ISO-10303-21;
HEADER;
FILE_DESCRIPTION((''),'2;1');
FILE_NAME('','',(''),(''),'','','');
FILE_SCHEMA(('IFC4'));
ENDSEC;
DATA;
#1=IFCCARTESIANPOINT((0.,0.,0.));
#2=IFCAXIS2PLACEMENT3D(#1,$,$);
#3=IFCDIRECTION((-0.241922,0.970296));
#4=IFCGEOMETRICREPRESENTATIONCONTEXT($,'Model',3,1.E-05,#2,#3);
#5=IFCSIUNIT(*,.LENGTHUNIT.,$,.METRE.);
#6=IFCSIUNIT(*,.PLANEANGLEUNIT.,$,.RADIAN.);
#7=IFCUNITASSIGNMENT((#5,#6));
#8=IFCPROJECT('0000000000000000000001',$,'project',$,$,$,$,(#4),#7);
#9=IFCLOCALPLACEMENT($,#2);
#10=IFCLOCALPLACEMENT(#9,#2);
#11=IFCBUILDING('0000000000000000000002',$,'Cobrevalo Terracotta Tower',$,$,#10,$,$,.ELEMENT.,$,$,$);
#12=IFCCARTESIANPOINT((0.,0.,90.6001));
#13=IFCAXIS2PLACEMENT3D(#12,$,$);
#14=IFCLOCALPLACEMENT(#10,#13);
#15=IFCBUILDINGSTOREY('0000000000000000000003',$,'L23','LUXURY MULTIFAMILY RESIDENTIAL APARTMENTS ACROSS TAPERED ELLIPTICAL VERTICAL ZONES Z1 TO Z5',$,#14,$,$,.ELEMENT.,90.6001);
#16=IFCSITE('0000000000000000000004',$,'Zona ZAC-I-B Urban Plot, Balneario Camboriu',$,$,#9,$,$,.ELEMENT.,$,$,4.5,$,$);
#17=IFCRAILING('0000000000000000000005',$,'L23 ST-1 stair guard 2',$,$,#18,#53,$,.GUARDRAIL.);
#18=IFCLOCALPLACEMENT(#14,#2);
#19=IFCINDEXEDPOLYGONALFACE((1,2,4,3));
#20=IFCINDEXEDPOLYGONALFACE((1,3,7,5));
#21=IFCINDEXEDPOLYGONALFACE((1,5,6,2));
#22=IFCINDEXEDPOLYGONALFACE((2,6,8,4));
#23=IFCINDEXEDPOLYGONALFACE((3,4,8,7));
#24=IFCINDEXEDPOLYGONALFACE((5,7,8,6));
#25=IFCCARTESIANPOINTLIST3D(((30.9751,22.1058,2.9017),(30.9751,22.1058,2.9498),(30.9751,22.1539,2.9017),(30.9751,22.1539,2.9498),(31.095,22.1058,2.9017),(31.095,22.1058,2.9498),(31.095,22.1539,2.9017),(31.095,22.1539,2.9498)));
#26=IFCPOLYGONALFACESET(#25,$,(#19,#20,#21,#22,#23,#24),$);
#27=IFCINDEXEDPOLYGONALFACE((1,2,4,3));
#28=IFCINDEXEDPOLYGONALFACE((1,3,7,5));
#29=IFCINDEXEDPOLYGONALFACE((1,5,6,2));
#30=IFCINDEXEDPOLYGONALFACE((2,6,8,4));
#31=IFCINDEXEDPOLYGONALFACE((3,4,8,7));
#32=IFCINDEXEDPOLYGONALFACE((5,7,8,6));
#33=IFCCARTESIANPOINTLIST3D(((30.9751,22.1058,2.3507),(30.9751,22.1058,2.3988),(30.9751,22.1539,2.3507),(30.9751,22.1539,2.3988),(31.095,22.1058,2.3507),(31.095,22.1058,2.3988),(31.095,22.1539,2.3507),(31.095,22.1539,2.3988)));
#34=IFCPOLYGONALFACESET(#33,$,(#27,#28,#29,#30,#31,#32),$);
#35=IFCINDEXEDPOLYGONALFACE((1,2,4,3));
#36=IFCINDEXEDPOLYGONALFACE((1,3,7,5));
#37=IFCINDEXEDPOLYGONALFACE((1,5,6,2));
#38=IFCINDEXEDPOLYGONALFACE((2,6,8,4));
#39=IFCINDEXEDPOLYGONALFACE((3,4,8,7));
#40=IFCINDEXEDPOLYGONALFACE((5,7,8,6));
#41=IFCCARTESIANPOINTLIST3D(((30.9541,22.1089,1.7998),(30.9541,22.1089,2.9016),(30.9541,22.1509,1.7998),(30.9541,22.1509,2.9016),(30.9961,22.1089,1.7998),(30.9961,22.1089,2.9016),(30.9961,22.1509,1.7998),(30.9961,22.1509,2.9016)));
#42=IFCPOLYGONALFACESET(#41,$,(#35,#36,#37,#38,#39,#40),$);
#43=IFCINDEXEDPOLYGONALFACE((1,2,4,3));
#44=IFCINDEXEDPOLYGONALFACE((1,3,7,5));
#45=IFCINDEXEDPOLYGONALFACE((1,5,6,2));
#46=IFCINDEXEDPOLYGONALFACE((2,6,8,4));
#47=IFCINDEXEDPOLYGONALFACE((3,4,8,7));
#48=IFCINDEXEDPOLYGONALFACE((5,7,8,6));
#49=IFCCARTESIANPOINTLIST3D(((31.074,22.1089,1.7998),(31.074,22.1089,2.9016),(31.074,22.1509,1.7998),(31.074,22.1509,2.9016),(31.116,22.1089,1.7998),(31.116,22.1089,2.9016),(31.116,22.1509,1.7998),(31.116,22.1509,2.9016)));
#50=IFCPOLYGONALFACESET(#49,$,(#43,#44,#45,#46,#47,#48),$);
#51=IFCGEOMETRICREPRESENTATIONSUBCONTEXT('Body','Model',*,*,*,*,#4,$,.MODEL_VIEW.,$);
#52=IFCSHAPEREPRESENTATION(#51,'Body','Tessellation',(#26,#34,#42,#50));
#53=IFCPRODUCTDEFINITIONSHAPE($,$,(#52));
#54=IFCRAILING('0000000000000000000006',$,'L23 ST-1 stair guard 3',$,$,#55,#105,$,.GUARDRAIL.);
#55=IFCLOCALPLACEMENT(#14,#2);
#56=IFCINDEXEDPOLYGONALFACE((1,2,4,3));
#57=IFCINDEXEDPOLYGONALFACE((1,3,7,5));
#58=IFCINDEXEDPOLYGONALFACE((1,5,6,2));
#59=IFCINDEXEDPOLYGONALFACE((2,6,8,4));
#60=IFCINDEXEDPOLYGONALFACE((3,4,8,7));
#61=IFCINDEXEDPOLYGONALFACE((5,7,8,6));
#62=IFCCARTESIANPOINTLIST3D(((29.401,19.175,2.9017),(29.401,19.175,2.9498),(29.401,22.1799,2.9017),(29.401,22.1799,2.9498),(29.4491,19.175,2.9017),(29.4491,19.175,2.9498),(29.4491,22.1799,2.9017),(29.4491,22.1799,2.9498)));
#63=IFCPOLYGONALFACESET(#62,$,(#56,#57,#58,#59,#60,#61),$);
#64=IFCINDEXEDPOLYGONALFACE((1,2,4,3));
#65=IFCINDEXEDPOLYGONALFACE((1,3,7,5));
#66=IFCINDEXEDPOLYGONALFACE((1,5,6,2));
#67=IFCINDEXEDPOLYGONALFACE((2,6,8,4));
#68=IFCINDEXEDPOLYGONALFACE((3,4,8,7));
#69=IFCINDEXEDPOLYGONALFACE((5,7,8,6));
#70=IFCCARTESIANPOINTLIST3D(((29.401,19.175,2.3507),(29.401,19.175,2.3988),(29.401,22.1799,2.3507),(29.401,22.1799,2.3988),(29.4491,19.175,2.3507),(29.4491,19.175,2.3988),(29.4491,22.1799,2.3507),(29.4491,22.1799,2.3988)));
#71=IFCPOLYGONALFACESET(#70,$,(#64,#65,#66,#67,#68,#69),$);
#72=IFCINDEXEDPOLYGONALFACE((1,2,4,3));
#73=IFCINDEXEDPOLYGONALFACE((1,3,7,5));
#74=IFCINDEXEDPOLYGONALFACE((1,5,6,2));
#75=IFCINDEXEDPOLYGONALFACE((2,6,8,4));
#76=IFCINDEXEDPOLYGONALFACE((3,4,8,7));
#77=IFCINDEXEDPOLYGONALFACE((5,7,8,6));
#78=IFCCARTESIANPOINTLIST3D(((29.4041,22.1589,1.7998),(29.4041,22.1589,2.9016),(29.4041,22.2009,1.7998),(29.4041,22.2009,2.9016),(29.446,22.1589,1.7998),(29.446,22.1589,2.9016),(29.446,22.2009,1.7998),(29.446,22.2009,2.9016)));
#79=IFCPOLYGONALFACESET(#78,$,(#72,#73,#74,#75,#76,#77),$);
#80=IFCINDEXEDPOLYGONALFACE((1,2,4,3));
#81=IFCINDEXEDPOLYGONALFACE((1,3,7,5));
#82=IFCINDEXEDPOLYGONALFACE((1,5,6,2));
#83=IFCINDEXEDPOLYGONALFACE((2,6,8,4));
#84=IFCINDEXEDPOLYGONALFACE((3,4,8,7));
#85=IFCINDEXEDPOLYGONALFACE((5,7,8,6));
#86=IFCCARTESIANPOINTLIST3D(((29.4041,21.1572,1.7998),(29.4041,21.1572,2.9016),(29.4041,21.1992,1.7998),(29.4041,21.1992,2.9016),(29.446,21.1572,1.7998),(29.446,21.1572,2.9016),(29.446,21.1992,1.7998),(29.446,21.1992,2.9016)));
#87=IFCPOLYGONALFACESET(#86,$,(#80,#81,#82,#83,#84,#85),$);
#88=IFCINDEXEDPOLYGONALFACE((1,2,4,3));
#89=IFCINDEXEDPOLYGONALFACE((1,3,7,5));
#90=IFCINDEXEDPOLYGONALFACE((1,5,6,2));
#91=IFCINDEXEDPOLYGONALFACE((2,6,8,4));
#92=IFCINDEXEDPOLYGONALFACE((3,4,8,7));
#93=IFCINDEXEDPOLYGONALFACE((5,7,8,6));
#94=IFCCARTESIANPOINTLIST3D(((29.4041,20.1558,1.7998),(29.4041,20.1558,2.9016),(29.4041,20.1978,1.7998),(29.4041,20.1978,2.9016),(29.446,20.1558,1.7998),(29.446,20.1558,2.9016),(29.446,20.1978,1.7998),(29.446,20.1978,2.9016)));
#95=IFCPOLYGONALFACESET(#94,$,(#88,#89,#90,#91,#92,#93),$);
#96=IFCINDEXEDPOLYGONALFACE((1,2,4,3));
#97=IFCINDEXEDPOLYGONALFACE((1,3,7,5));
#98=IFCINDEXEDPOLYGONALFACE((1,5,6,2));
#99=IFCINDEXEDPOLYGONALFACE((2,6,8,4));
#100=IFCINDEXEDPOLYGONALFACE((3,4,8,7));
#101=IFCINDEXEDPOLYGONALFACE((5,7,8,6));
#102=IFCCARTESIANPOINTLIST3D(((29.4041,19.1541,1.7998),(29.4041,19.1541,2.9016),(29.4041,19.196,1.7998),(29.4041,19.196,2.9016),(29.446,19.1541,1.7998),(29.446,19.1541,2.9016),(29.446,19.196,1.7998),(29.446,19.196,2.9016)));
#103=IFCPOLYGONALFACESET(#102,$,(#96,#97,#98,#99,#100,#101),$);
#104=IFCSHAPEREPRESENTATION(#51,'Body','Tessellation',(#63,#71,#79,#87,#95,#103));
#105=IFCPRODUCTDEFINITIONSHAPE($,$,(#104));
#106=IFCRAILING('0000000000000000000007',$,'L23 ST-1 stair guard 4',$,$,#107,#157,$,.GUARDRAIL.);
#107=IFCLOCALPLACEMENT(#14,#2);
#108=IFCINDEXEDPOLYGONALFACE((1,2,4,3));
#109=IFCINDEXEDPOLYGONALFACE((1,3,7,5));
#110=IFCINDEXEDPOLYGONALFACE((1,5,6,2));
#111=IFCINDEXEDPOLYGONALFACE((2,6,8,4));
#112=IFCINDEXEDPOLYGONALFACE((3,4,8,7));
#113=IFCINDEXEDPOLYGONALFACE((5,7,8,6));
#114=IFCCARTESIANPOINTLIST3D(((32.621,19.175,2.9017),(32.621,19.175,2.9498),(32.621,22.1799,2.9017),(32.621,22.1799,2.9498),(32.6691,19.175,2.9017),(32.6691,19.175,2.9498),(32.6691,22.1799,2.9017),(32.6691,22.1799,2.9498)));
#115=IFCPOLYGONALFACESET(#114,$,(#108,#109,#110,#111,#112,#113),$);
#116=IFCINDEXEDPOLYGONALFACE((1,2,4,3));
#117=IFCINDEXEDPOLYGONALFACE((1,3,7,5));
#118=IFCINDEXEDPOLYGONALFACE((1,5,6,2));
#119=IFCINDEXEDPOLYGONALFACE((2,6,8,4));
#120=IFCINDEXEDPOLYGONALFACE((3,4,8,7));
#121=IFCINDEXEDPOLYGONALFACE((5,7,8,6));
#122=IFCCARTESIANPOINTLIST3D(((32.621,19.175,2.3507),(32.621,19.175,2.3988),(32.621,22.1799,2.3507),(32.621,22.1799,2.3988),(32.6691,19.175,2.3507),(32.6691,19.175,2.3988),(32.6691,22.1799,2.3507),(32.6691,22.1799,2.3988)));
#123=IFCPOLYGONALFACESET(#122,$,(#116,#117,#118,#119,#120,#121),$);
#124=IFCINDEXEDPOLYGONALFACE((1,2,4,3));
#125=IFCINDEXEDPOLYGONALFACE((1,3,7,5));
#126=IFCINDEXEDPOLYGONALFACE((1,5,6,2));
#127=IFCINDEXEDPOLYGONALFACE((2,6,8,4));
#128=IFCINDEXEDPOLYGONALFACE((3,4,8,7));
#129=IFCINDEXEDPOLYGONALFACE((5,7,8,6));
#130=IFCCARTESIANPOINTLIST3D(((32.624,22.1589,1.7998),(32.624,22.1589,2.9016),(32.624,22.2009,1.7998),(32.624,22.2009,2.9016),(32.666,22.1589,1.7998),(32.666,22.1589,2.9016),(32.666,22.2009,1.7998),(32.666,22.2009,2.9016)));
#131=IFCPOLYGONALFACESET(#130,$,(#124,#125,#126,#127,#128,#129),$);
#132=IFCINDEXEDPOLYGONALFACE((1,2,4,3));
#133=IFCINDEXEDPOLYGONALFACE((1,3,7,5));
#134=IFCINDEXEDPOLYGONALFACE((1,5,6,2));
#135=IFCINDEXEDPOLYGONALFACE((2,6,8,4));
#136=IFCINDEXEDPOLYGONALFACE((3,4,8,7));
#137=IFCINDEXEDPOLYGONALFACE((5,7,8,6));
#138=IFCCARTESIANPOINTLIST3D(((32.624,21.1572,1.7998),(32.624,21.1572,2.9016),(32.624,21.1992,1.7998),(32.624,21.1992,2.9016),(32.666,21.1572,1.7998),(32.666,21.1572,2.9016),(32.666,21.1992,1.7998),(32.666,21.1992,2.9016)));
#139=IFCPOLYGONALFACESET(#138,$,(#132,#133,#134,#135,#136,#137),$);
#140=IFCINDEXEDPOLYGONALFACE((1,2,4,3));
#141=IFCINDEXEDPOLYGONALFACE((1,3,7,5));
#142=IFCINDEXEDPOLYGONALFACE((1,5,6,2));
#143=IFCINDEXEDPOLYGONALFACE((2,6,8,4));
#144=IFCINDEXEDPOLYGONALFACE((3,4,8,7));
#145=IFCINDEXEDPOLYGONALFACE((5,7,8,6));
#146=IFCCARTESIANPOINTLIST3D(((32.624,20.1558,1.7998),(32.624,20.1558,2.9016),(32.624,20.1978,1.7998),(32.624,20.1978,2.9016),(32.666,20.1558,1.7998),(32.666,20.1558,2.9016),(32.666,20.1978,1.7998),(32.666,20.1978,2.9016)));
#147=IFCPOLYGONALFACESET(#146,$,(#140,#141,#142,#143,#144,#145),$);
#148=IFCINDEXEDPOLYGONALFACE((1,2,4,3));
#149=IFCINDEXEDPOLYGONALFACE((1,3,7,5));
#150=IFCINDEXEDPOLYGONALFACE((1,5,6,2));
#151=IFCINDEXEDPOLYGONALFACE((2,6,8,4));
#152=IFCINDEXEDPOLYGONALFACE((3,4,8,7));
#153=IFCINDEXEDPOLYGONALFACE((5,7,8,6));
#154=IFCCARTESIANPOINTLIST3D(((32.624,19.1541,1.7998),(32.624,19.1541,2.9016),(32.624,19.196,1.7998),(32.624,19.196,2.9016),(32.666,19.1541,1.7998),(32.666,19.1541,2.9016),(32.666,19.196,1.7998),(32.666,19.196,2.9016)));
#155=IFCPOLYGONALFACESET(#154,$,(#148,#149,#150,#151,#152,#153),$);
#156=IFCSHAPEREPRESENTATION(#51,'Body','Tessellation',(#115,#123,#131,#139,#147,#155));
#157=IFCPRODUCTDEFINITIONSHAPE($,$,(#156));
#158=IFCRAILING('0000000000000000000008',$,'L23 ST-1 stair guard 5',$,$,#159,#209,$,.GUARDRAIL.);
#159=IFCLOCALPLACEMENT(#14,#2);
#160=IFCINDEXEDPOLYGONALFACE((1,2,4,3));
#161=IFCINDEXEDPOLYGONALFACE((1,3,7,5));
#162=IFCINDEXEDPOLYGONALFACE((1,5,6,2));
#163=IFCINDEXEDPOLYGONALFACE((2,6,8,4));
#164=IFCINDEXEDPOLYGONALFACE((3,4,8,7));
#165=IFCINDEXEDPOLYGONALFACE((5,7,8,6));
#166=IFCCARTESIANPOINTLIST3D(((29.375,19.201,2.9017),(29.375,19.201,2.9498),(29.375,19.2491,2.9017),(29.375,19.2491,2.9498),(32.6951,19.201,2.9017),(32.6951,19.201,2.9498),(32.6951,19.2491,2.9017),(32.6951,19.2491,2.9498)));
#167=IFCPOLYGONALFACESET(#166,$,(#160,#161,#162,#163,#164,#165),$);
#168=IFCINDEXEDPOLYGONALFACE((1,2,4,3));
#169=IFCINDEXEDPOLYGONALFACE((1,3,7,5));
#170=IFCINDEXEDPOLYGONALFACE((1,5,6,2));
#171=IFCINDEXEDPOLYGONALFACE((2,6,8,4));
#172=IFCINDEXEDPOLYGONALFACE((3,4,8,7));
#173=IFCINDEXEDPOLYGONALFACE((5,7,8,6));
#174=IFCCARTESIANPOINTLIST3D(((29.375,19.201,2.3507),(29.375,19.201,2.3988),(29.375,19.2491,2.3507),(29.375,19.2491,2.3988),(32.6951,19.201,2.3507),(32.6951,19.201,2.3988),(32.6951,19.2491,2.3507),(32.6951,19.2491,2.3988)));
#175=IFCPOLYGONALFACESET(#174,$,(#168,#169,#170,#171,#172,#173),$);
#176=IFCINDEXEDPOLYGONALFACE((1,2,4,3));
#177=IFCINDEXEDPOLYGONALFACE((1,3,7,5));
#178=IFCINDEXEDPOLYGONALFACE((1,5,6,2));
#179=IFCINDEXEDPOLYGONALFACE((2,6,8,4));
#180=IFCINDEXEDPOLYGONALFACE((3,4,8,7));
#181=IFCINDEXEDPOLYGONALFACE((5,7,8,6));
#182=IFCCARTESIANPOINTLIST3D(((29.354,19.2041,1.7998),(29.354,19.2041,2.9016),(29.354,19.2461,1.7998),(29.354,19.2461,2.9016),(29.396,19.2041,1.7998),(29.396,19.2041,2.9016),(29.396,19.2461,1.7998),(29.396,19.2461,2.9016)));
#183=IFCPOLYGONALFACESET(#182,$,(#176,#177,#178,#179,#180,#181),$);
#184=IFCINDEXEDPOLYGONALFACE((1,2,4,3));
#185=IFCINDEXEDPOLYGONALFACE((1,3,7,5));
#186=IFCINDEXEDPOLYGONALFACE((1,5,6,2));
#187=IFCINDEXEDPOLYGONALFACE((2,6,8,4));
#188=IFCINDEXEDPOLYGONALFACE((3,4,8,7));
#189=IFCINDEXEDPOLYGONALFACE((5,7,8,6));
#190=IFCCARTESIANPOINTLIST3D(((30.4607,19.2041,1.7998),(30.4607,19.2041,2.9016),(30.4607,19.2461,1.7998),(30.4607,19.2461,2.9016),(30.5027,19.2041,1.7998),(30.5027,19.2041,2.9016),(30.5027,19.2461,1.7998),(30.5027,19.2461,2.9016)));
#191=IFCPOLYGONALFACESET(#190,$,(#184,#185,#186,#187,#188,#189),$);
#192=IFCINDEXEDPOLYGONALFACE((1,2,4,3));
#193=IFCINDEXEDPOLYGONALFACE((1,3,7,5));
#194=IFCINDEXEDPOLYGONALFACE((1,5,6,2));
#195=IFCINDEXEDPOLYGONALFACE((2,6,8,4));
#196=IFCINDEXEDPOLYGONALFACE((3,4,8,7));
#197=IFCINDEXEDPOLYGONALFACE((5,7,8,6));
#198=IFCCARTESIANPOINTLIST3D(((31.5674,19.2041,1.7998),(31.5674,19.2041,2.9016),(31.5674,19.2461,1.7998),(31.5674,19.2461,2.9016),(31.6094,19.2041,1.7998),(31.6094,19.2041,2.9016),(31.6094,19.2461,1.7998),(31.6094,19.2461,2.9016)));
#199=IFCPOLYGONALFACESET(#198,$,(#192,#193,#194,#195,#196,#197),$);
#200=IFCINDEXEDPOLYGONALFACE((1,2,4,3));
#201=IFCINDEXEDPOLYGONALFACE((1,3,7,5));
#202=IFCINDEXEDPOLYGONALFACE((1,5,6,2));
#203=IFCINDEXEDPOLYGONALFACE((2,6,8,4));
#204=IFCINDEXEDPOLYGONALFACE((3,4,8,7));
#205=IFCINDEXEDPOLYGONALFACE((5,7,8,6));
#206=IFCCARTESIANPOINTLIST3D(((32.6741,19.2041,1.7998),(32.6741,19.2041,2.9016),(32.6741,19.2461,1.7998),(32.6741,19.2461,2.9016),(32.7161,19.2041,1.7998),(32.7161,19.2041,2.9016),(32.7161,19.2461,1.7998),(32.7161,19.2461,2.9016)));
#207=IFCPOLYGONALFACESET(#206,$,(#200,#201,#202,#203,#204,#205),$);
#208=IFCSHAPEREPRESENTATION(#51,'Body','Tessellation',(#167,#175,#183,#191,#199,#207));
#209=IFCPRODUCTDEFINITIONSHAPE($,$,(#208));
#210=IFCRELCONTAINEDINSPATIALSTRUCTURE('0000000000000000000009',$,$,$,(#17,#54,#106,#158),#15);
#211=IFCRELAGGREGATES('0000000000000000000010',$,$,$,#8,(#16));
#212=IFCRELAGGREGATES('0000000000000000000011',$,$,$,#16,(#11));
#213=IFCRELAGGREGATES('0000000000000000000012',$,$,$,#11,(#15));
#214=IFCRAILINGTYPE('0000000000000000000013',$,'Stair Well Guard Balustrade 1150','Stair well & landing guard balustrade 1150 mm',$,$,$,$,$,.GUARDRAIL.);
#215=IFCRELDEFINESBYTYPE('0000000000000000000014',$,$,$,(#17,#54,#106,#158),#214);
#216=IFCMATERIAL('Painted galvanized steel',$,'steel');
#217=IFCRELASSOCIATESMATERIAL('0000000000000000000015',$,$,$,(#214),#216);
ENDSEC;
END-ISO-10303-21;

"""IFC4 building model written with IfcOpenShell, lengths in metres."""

from ifc_helpers import new_model, si_unit, direction, frame, origin, origin_2d, place, context, subcontext, project, spatial, rectangle, extrude, material, type_object, element, save


model = new_model("IFC4")

# Units and contexts
model_context = context("Model", 3, precision=1e-05, world=origin(), true_north=direction((-0.241922, 0.970296)))
body_context = subcontext(model_context, "Body", "Model", "MODEL_VIEW")
ifc_project = project(units=[si_unit("LENGTHUNIT", "METRE"), si_unit("PLANEANGLEUNIT", "RADIAN")], contexts=[model_context])

# Site, building, storey
site_placement = place(None, origin())
site = spatial("IfcSite", under=ifc_project, at=site_placement, Name="Zona ZAC-I-B Urban Plot, Balneario Camboriu", CompositionType="ELEMENT", RefElevation=4.5)
building_placement = place(site_placement, origin())
building = spatial("IfcBuilding", under=site, at=building_placement, Name="Cobrevalo Terracotta Tower", CompositionType="ELEMENT")
storey_placement = place(building_placement, frame((0.0, 0.0, 90.6001)))
storey = spatial("IfcBuildingStorey", under=building, at=storey_placement, Name="L23", Description="LUXURY MULTIFAMILY RESIDENTIAL APARTMENTS ACROSS TAPERED ELLIPTICAL VERTICAL ZONES Z1 TO Z5", CompositionType="ELEMENT", Elevation=90.6001)

# Railings
ifc_material_1 = material(Name="Painted galvanized steel", Category="steel")
railing_type_1 = type_object("IfcRailingType", Name="Stair Well Guard Balustrade 1150", Description="Stair well & landing guard balustrade 1150 mm", PredefinedType="GUARDRAIL", material=ifc_material_1)
railing_1_placement = place(storey_placement, frame((30.9751, 22.1299, 1.7998)))
element("IfcRailing", 1, at=railing_1_placement, inside=storey, type_object=railing_type_1, Name="L23 ST-1 stair guard 2", PredefinedType="GUARDRAIL", context=body_context, shape_type="SweptSolid", body=[
    extrude(rectangle(XDim=0.0481, YDim=0.0481, at=origin_2d()), frame((0.0, 0.0, 1.126), z_axis=(1.0, 0.0, 0.0), x_axis=(0.0, 1.0, 0.0)), (0.0, 0.0, 1.0), 0.1199),
    extrude(rectangle(XDim=0.0481, YDim=0.0481, at=origin_2d()), frame((0.0, 0.0, 0.575), z_axis=(1.0, 0.0, 0.0), x_axis=(0.0, 1.0, 0.0)), (0.0, 0.0, 1.0), 0.1199),
    extrude(rectangle(XDim=0.042, YDim=0.042, at=origin_2d()), origin(), (0.0, 0.0, 1.0), 1.1018),
    extrude(rectangle(XDim=0.042, YDim=0.042, at=origin_2d()), frame((0.1199, 0.0, 0.0)), (0.0, 0.0, 1.0), 1.1018),
])
for number, where, name in (
    (2, (29.425, 22.1799, 1.7998), "L23 ST-1 stair guard 3"),
    (3, (32.645, 22.1799, 1.7998), "L23 ST-1 stair guard 4"),
):
    element("IfcRailing", number, at=place(storey_placement, frame(where)), inside=storey, type_object=railing_type_1, Name=name, PredefinedType="GUARDRAIL", context=body_context, shape_type="SweptSolid", body=[
        extrude(rectangle(XDim=0.0481, YDim=0.0481, at=origin_2d()), frame((0.0, 0.0, 1.126), z_axis=(0.0, -1.0, 0.0), x_axis=(1.0, 0.0, 0.0)), (0.0, 0.0, 1.0), 3.0049),
        extrude(rectangle(XDim=0.0481, YDim=0.0481, at=origin_2d()), frame((0.0, 0.0, 0.575), z_axis=(0.0, -1.0, 0.0), x_axis=(1.0, 0.0, 0.0)), (0.0, 0.0, 1.0), 3.0049),
        extrude(rectangle(XDim=0.042, YDim=0.042, at=origin_2d()), origin(), (0.0, 0.0, 1.0), 1.1018),
        extrude(rectangle(XDim=0.042, YDim=0.042, at=origin_2d()), frame((0.0, -1.0017, 0.0)), (0.0, 0.0, 1.0), 1.1018),
        extrude(rectangle(XDim=0.042, YDim=0.042, at=origin_2d()), frame((0.0, -2.0032, 0.0)), (0.0, 0.0, 1.0), 1.1018),
        extrude(rectangle(XDim=0.042, YDim=0.042, at=origin_2d()), frame((0.0, -3.0049, 0.0)), (0.0, 0.0, 1.0), 1.1018),
    ])
railing_2_placement = place(storey_placement, frame((29.375, 19.2251, 1.7998)))
element("IfcRailing", 4, at=railing_2_placement, inside=storey, type_object=railing_type_1, Name="L23 ST-1 stair guard 5", PredefinedType="GUARDRAIL", context=body_context, shape_type="SweptSolid", body=[
    extrude(rectangle(XDim=0.0481, YDim=0.0481, at=origin_2d()), frame((0.0, 0.0, 1.126), z_axis=(1.0, 0.0, 0.0), x_axis=(0.0, 1.0, 0.0)), (0.0, 0.0, 1.0), 3.3201),
    extrude(rectangle(XDim=0.0481, YDim=0.0481, at=origin_2d()), frame((0.0, 0.0, 0.575), z_axis=(1.0, 0.0, 0.0), x_axis=(0.0, 1.0, 0.0)), (0.0, 0.0, 1.0), 3.3201),
    extrude(rectangle(XDim=0.042, YDim=0.042, at=origin_2d()), origin(), (0.0, 0.0, 1.0), 1.1018),
    extrude(rectangle(XDim=0.042, YDim=0.042, at=origin_2d()), frame((1.1067, 0.0, 0.0)), (0.0, 0.0, 1.0), 1.1018),
    extrude(rectangle(XDim=0.042, YDim=0.042, at=origin_2d()), frame((2.2134, 0.0, 0.0)), (0.0, 0.0, 1.0), 1.1018),
    extrude(rectangle(XDim=0.042, YDim=0.042, at=origin_2d()), frame((3.3201, 0.0, 0.0)), (0.0, 0.0, 1.0), 1.1018),
])

save(model, "model.ifc")
